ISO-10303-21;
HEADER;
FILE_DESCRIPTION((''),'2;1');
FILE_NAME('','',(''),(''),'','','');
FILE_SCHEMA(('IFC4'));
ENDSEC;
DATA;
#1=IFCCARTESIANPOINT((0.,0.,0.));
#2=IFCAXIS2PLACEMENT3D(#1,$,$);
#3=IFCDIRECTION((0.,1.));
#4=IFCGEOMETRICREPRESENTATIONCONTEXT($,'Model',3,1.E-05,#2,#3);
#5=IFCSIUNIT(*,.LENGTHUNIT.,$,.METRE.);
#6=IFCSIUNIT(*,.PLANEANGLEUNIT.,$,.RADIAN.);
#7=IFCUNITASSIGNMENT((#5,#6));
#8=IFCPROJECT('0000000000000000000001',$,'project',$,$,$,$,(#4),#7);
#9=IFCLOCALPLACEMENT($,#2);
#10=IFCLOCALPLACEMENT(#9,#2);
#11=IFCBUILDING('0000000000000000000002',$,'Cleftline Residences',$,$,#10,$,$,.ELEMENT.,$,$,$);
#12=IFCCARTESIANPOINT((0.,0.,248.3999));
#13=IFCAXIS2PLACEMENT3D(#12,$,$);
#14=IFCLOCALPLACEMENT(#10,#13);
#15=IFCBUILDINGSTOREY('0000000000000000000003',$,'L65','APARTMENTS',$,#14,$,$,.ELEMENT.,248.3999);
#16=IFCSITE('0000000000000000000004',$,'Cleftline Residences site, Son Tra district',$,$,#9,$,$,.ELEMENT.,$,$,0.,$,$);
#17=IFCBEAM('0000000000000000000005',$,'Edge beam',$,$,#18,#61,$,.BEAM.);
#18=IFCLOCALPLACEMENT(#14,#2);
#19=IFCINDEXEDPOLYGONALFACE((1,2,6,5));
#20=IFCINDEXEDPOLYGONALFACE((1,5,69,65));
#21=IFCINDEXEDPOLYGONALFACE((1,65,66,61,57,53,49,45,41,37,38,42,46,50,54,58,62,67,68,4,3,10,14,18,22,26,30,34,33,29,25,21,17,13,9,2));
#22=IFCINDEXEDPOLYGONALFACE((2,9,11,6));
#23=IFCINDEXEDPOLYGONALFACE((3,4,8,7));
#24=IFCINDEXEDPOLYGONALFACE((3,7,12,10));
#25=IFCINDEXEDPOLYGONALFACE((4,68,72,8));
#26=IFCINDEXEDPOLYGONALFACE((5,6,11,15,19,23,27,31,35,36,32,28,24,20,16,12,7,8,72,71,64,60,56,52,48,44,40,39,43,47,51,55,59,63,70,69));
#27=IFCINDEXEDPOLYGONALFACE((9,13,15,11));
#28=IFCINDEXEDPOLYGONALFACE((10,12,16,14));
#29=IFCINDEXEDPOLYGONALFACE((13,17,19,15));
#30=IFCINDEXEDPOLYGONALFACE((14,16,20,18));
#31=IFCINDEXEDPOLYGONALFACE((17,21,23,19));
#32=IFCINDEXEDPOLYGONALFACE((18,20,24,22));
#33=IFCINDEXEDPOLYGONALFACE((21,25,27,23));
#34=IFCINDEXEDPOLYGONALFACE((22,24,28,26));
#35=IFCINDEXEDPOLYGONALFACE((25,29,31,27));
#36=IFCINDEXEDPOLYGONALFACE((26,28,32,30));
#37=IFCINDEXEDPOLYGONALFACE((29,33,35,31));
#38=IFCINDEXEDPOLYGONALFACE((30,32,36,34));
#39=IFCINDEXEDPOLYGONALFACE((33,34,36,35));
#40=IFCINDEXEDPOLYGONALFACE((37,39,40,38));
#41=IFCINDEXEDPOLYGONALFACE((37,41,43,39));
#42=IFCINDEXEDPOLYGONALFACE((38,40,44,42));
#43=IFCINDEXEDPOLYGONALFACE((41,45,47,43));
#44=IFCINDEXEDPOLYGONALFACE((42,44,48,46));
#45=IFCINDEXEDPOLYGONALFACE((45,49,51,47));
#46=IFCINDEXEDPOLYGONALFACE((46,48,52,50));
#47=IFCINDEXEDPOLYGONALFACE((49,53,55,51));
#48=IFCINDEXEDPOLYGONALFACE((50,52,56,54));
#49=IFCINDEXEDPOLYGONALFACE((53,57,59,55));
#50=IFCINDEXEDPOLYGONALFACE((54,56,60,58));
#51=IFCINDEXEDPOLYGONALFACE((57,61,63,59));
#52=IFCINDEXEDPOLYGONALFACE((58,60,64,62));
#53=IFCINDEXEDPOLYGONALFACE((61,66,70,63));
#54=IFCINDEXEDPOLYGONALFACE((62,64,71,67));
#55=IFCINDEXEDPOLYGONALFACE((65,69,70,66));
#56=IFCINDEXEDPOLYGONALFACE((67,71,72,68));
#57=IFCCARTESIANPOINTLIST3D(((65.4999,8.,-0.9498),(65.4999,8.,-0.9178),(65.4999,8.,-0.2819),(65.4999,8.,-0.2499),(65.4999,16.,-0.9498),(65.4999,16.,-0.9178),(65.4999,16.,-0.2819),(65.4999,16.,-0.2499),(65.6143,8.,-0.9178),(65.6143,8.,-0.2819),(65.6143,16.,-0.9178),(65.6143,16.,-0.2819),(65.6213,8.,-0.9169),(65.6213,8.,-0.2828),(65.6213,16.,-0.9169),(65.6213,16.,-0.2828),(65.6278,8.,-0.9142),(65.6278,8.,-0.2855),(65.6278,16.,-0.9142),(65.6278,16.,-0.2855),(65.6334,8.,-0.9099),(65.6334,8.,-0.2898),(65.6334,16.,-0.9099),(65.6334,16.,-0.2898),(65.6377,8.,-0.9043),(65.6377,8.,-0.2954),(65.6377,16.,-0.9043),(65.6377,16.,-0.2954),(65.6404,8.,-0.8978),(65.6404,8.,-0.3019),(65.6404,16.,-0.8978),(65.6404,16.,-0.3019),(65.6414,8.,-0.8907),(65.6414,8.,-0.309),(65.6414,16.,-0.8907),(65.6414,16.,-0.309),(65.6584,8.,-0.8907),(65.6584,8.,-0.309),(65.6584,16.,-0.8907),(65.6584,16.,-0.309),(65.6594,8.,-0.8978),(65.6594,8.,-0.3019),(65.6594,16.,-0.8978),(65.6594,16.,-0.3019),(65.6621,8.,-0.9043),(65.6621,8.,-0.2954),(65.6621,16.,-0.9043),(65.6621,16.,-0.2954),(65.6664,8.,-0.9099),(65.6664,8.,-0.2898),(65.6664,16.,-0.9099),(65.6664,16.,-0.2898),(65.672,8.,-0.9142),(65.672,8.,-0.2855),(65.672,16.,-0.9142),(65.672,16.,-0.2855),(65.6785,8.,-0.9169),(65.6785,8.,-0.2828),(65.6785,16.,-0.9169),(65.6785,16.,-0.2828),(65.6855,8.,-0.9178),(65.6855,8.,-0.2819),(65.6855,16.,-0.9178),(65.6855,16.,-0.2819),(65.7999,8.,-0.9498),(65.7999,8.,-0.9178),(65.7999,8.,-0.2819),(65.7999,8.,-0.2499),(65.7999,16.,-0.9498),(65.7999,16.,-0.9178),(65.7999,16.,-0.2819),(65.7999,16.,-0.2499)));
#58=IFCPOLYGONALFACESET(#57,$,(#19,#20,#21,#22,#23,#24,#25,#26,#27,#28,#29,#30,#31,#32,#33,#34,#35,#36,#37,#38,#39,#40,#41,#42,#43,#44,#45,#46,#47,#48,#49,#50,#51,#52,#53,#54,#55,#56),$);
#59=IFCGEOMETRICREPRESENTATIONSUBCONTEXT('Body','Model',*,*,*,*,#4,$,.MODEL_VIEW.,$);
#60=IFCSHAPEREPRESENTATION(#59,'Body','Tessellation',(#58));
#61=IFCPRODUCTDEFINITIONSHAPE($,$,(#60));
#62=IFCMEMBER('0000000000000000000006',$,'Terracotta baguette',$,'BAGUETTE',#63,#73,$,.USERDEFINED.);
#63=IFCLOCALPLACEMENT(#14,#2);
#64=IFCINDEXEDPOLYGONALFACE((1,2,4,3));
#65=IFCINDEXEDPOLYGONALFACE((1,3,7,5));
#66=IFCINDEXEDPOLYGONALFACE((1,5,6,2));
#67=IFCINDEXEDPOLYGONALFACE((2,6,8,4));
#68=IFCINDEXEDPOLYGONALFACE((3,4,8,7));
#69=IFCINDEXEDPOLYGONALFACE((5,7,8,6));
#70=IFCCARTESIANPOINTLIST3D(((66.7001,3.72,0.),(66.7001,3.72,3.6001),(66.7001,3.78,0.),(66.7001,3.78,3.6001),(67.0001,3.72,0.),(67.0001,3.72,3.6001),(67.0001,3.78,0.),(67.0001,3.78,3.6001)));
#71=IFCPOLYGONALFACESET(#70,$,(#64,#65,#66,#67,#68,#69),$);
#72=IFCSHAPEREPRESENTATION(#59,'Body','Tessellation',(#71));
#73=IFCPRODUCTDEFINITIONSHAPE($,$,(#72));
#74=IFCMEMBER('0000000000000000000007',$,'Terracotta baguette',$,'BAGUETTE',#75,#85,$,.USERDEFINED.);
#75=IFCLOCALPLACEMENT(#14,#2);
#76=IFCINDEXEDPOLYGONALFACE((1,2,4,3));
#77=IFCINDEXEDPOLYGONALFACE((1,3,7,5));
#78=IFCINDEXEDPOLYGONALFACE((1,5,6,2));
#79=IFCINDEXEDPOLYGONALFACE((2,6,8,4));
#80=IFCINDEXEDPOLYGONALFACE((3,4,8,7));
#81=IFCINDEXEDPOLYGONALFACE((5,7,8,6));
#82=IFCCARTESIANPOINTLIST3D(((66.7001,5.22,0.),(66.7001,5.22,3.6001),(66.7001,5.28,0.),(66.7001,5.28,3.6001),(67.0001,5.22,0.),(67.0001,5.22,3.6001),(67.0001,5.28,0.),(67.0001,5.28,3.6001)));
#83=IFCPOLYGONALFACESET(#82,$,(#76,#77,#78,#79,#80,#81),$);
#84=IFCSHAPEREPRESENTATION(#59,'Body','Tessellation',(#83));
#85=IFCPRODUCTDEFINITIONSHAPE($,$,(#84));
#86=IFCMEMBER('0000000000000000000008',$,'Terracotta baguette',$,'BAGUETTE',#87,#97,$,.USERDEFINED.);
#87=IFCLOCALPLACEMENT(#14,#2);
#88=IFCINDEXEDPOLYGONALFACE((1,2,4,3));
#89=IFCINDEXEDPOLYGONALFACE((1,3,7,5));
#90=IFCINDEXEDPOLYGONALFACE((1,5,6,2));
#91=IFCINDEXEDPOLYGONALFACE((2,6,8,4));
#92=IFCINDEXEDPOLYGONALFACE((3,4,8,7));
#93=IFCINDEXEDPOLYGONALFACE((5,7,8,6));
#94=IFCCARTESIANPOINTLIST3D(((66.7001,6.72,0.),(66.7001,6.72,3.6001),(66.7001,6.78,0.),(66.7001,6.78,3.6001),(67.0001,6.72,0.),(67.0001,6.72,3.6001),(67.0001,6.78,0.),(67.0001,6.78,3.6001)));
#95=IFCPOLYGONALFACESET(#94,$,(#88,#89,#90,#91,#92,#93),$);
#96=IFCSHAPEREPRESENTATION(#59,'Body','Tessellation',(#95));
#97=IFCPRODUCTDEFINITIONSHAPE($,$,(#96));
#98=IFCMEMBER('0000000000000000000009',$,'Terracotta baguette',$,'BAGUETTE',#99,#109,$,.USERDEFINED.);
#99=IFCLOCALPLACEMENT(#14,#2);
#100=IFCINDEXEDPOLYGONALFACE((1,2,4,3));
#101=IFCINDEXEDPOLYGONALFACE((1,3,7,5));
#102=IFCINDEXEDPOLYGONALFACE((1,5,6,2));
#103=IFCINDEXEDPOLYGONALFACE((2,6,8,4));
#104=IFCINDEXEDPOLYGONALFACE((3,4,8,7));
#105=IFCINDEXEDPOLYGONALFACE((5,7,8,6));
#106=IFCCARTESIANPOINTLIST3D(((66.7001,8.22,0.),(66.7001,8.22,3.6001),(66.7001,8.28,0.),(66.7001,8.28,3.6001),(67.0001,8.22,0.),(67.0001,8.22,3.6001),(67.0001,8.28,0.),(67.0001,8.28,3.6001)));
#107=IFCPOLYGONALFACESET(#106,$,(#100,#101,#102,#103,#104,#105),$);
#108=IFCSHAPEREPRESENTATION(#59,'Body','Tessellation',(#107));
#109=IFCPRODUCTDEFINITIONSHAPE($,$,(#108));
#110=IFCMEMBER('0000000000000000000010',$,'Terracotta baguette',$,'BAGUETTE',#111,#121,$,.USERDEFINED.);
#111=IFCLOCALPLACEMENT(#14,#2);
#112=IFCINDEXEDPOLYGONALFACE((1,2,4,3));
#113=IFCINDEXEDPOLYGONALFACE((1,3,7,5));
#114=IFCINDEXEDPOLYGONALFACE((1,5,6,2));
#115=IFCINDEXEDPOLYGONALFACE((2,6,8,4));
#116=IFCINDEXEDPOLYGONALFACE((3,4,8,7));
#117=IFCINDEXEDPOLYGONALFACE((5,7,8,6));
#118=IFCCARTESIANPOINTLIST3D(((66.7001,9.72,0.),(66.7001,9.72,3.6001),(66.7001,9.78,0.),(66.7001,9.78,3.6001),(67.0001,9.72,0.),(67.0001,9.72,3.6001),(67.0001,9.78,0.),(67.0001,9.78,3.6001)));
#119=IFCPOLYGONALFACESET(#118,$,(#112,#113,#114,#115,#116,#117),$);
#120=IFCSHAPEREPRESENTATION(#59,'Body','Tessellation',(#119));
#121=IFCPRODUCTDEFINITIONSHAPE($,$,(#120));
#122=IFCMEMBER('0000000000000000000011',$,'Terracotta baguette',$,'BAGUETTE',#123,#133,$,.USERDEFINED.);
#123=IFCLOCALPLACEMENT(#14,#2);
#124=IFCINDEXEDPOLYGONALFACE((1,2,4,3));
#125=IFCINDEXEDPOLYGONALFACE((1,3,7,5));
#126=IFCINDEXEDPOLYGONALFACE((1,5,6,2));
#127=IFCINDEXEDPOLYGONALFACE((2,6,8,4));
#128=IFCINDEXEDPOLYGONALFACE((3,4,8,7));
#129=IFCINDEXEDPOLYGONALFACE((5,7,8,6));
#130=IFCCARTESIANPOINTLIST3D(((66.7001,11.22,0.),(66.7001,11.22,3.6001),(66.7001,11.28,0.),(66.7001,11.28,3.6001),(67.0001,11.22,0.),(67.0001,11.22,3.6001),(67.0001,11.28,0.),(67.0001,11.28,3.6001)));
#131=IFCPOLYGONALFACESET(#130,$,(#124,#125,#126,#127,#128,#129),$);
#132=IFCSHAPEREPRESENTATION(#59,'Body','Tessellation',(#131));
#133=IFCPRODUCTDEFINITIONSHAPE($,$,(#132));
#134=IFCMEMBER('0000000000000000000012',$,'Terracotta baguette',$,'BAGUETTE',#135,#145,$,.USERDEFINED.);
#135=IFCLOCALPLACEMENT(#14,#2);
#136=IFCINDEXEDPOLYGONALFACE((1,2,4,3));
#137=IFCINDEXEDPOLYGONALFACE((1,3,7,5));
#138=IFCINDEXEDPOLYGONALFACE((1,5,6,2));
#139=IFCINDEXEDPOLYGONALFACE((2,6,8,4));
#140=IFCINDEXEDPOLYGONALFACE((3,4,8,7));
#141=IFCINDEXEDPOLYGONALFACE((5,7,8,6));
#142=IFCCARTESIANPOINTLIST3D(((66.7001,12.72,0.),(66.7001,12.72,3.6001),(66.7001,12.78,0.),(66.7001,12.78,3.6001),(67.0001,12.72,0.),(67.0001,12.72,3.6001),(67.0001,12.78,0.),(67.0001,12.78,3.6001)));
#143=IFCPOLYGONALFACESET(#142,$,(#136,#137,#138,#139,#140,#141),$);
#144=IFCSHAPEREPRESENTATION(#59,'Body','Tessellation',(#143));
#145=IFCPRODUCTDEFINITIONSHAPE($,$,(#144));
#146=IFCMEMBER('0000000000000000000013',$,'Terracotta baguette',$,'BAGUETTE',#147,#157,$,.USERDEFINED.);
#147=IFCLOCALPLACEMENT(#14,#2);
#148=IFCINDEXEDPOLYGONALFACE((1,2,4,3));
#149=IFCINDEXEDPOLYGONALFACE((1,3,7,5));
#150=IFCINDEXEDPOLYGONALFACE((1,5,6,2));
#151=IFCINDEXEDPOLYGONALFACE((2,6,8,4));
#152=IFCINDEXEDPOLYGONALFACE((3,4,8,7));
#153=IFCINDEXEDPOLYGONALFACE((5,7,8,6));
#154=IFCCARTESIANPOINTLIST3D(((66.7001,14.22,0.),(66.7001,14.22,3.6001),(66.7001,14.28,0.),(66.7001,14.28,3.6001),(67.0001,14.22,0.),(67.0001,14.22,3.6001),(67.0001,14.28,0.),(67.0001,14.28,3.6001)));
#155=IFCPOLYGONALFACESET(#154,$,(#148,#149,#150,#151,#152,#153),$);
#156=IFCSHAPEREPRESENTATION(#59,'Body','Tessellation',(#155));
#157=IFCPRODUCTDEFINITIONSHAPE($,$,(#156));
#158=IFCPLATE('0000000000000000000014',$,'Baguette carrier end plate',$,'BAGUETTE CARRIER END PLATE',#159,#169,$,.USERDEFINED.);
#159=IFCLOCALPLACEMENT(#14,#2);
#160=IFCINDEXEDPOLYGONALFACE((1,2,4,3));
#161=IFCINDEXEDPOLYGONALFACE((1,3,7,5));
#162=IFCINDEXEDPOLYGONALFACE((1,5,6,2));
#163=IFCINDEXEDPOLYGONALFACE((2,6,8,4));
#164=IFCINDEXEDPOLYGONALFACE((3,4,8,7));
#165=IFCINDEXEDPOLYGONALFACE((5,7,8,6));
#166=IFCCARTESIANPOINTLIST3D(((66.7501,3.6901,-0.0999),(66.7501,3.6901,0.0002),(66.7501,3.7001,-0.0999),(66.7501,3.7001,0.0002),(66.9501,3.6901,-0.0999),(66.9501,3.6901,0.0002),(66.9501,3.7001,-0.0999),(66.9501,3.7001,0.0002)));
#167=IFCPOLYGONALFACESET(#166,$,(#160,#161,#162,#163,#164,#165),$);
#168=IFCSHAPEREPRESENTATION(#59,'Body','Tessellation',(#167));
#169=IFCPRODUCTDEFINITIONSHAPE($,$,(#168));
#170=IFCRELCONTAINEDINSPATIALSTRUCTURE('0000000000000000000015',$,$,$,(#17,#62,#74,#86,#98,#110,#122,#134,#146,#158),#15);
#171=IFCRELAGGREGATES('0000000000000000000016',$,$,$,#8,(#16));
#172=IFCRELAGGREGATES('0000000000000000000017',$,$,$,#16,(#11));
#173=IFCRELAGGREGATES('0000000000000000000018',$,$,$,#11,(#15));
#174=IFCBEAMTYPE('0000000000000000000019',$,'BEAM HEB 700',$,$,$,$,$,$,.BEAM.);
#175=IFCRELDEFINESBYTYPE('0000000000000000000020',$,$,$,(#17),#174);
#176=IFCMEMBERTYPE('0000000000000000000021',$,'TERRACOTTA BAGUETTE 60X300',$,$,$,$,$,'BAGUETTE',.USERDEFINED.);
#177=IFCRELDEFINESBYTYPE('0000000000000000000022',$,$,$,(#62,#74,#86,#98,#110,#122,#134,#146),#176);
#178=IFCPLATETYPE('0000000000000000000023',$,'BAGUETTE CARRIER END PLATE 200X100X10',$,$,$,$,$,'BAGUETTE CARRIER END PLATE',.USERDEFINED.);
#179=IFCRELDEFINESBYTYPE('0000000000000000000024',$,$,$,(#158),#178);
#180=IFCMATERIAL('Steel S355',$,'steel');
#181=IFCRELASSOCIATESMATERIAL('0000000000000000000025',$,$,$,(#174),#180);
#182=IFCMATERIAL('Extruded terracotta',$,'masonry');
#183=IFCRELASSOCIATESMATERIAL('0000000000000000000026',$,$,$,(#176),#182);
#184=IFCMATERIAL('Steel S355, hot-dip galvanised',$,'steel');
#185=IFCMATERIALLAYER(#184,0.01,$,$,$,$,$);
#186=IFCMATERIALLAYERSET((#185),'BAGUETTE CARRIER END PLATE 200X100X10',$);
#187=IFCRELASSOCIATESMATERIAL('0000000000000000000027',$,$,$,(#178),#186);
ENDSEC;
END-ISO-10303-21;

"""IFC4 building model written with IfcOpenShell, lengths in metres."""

from ifc_helpers import new_model, si_unit, direction, frame, origin, origin_2d, place, context, subcontext, project, spatial, rectangle, i_section, extrude, material, layer, layer_set, material_profile, profile_set, type_object, element, save


model = new_model("IFC4")

# Units and contexts
model_context = context("Model", 3, precision=1e-05, world=origin(), true_north=direction((0.0, 1.0)))
body_context = subcontext(model_context, "Body", "Model", "MODEL_VIEW")
ifc_project = project(units=[si_unit("LENGTHUNIT", "METRE"), si_unit("PLANEANGLEUNIT", "RADIAN")], contexts=[model_context])

# Site, building, storey
site_placement = place(None, origin())
site = spatial("IfcSite", under=ifc_project, at=site_placement, Name="Cleftline Residences site, Son Tra district", CompositionType="ELEMENT", RefElevation=0.0)
building_placement = place(site_placement, origin())
building = spatial("IfcBuilding", under=site, at=building_placement, Name="Cleftline Residences", CompositionType="ELEMENT")
storey_placement = place(building_placement, frame((0.0, 0.0, 248.3999)))
storey = spatial("IfcBuildingStorey", under=building, at=storey_placement, Name="L65", Description="APARTMENTS", CompositionType="ELEMENT", Elevation=248.3999)

# Beam
ifc_material_1 = material(Name="Steel S355", Category="steel")
ifc_material_profile_1 = material_profile(ifc_material_1, i_section(OverallWidth=0.3, OverallDepth=0.7, WebThickness=0.0171, FlangeThickness=0.032, FilletRadius=0.0271, at=origin_2d()))
ifc_profile_set_1 = profile_set([ifc_material_profile_1], Name="Steel S355")
beam_type = type_object("IfcBeamType", Name="BEAM HEB 700", PredefinedType="BEAM", material=ifc_profile_set_1)
beam_placement = place(storey_placement, frame((65.6499, 8.0, -0.5999), z_axis=(0.0, 1.0, 0.0), x_axis=(-1.0, 0.0, 0.0)))
element("IfcBeam", 1, at=beam_placement, inside=storey, type_object=beam_type, Name="Edge beam", PredefinedType="BEAM", context=body_context, shape_type="SweptSolid", body=[
    extrude(i_section(OverallWidth=0.3, OverallDepth=0.7, WebThickness=0.0171, FlangeThickness=0.032, FilletRadius=0.0271, at=origin_2d()), origin(), (0.0, 0.0, 1.0), 8.0),
])

# Members
ifc_material_2 = material(Name="Extruded terracotta", Category="masonry")
ifc_material_profile_2 = material_profile(ifc_material_2, rectangle(XDim=0.0601, YDim=0.3, at=origin_2d()))
ifc_profile_set_2 = profile_set([ifc_material_profile_2], Name="Extruded terracotta")
member_type_1 = type_object("IfcMemberType", Name="TERRACOTTA BAGUETTE 60X300", ElementType="BAGUETTE", PredefinedType="USERDEFINED", material=ifc_profile_set_2)
for number, where, z_axis, x_axis, name in (
    (2, (66.8501, 3.75, 0.0), (0.0, 0.0, 1.0), (0.0, 1.0, 0.0), "Terracotta baguette"),
    (3, (66.8501, 5.25, 0.0), (0.0, 0.0, 1.0), (0.0, 1.0, 0.0), "Terracotta baguette"),
    (4, (66.8501, 6.75, 0.0), (0.0, 0.0, 1.0), (0.0, 1.0, 0.0), "Terracotta baguette"),
    (5, (66.8501, 8.25, 0.0), (0.0, 0.0, 1.0), (0.0, 1.0, 0.0), "Terracotta baguette"),
    (6, (66.8501, 9.75, 0.0), (0.0, 0.0, 1.0), (0.0, 1.0, 0.0), "Terracotta baguette"),
    (7, (66.8501, 11.25, 0.0), (0.0, 0.0, 1.0), (0.0, 1.0, 0.0), "Terracotta baguette"),
    (8, (66.8501, 12.75, 0.0), (0.0, 0.0, 1.0), (0.0, 1.0, 0.0), "Terracotta baguette"),
    (9, (66.8501, 14.25, 0.0), (0.0, 0.0, 1.0), (0.0, 1.0, 0.0), "Terracotta baguette"),
):
    element("IfcMember", number, at=place(storey_placement, frame(where, z_axis=z_axis, x_axis=x_axis)), inside=storey, type_object=member_type_1, Name=name, ObjectType="BAGUETTE", PredefinedType="USERDEFINED", context=body_context, shape_type="SweptSolid", body=[
        extrude(rectangle(XDim=0.0601, YDim=0.3, at=origin_2d()), origin(), (0.0, 0.0, 1.0), 3.6001),
    ])

# Plate
ifc_material_3 = material(Name="Steel S355, hot-dip galvanised", Category="steel")
ifc_layer_1 = layer(ifc_material_3, 0.01)
ifc_layer_set_1 = layer_set([ifc_layer_1], Name="BAGUETTE CARRIER END PLATE 200X100X10")
plate_type = type_object("IfcPlateType", Name="BAGUETTE CARRIER END PLATE 200X100X10", ElementType="BAGUETTE CARRIER END PLATE", PredefinedType="USERDEFINED", material=ifc_layer_set_1)
plate_placement = place(storey_placement, frame((66.8501, 3.6951, -0.0999), z_axis=(0.0, 0.0, 1.0), x_axis=(1.0, 0.0, 0.0)))
element("IfcPlate", 10, at=plate_placement, inside=storey, type_object=plate_type, Name="Baguette carrier end plate", ObjectType="BAGUETTE CARRIER END PLATE", PredefinedType="USERDEFINED", context=body_context, shape_type="SweptSolid", body=[
    extrude(rectangle(XDim=0.2, YDim=0.01, at=origin_2d()), origin(), (0.0, 0.0, 1.0), 0.1001),
])

save(model, "model.ifc")
